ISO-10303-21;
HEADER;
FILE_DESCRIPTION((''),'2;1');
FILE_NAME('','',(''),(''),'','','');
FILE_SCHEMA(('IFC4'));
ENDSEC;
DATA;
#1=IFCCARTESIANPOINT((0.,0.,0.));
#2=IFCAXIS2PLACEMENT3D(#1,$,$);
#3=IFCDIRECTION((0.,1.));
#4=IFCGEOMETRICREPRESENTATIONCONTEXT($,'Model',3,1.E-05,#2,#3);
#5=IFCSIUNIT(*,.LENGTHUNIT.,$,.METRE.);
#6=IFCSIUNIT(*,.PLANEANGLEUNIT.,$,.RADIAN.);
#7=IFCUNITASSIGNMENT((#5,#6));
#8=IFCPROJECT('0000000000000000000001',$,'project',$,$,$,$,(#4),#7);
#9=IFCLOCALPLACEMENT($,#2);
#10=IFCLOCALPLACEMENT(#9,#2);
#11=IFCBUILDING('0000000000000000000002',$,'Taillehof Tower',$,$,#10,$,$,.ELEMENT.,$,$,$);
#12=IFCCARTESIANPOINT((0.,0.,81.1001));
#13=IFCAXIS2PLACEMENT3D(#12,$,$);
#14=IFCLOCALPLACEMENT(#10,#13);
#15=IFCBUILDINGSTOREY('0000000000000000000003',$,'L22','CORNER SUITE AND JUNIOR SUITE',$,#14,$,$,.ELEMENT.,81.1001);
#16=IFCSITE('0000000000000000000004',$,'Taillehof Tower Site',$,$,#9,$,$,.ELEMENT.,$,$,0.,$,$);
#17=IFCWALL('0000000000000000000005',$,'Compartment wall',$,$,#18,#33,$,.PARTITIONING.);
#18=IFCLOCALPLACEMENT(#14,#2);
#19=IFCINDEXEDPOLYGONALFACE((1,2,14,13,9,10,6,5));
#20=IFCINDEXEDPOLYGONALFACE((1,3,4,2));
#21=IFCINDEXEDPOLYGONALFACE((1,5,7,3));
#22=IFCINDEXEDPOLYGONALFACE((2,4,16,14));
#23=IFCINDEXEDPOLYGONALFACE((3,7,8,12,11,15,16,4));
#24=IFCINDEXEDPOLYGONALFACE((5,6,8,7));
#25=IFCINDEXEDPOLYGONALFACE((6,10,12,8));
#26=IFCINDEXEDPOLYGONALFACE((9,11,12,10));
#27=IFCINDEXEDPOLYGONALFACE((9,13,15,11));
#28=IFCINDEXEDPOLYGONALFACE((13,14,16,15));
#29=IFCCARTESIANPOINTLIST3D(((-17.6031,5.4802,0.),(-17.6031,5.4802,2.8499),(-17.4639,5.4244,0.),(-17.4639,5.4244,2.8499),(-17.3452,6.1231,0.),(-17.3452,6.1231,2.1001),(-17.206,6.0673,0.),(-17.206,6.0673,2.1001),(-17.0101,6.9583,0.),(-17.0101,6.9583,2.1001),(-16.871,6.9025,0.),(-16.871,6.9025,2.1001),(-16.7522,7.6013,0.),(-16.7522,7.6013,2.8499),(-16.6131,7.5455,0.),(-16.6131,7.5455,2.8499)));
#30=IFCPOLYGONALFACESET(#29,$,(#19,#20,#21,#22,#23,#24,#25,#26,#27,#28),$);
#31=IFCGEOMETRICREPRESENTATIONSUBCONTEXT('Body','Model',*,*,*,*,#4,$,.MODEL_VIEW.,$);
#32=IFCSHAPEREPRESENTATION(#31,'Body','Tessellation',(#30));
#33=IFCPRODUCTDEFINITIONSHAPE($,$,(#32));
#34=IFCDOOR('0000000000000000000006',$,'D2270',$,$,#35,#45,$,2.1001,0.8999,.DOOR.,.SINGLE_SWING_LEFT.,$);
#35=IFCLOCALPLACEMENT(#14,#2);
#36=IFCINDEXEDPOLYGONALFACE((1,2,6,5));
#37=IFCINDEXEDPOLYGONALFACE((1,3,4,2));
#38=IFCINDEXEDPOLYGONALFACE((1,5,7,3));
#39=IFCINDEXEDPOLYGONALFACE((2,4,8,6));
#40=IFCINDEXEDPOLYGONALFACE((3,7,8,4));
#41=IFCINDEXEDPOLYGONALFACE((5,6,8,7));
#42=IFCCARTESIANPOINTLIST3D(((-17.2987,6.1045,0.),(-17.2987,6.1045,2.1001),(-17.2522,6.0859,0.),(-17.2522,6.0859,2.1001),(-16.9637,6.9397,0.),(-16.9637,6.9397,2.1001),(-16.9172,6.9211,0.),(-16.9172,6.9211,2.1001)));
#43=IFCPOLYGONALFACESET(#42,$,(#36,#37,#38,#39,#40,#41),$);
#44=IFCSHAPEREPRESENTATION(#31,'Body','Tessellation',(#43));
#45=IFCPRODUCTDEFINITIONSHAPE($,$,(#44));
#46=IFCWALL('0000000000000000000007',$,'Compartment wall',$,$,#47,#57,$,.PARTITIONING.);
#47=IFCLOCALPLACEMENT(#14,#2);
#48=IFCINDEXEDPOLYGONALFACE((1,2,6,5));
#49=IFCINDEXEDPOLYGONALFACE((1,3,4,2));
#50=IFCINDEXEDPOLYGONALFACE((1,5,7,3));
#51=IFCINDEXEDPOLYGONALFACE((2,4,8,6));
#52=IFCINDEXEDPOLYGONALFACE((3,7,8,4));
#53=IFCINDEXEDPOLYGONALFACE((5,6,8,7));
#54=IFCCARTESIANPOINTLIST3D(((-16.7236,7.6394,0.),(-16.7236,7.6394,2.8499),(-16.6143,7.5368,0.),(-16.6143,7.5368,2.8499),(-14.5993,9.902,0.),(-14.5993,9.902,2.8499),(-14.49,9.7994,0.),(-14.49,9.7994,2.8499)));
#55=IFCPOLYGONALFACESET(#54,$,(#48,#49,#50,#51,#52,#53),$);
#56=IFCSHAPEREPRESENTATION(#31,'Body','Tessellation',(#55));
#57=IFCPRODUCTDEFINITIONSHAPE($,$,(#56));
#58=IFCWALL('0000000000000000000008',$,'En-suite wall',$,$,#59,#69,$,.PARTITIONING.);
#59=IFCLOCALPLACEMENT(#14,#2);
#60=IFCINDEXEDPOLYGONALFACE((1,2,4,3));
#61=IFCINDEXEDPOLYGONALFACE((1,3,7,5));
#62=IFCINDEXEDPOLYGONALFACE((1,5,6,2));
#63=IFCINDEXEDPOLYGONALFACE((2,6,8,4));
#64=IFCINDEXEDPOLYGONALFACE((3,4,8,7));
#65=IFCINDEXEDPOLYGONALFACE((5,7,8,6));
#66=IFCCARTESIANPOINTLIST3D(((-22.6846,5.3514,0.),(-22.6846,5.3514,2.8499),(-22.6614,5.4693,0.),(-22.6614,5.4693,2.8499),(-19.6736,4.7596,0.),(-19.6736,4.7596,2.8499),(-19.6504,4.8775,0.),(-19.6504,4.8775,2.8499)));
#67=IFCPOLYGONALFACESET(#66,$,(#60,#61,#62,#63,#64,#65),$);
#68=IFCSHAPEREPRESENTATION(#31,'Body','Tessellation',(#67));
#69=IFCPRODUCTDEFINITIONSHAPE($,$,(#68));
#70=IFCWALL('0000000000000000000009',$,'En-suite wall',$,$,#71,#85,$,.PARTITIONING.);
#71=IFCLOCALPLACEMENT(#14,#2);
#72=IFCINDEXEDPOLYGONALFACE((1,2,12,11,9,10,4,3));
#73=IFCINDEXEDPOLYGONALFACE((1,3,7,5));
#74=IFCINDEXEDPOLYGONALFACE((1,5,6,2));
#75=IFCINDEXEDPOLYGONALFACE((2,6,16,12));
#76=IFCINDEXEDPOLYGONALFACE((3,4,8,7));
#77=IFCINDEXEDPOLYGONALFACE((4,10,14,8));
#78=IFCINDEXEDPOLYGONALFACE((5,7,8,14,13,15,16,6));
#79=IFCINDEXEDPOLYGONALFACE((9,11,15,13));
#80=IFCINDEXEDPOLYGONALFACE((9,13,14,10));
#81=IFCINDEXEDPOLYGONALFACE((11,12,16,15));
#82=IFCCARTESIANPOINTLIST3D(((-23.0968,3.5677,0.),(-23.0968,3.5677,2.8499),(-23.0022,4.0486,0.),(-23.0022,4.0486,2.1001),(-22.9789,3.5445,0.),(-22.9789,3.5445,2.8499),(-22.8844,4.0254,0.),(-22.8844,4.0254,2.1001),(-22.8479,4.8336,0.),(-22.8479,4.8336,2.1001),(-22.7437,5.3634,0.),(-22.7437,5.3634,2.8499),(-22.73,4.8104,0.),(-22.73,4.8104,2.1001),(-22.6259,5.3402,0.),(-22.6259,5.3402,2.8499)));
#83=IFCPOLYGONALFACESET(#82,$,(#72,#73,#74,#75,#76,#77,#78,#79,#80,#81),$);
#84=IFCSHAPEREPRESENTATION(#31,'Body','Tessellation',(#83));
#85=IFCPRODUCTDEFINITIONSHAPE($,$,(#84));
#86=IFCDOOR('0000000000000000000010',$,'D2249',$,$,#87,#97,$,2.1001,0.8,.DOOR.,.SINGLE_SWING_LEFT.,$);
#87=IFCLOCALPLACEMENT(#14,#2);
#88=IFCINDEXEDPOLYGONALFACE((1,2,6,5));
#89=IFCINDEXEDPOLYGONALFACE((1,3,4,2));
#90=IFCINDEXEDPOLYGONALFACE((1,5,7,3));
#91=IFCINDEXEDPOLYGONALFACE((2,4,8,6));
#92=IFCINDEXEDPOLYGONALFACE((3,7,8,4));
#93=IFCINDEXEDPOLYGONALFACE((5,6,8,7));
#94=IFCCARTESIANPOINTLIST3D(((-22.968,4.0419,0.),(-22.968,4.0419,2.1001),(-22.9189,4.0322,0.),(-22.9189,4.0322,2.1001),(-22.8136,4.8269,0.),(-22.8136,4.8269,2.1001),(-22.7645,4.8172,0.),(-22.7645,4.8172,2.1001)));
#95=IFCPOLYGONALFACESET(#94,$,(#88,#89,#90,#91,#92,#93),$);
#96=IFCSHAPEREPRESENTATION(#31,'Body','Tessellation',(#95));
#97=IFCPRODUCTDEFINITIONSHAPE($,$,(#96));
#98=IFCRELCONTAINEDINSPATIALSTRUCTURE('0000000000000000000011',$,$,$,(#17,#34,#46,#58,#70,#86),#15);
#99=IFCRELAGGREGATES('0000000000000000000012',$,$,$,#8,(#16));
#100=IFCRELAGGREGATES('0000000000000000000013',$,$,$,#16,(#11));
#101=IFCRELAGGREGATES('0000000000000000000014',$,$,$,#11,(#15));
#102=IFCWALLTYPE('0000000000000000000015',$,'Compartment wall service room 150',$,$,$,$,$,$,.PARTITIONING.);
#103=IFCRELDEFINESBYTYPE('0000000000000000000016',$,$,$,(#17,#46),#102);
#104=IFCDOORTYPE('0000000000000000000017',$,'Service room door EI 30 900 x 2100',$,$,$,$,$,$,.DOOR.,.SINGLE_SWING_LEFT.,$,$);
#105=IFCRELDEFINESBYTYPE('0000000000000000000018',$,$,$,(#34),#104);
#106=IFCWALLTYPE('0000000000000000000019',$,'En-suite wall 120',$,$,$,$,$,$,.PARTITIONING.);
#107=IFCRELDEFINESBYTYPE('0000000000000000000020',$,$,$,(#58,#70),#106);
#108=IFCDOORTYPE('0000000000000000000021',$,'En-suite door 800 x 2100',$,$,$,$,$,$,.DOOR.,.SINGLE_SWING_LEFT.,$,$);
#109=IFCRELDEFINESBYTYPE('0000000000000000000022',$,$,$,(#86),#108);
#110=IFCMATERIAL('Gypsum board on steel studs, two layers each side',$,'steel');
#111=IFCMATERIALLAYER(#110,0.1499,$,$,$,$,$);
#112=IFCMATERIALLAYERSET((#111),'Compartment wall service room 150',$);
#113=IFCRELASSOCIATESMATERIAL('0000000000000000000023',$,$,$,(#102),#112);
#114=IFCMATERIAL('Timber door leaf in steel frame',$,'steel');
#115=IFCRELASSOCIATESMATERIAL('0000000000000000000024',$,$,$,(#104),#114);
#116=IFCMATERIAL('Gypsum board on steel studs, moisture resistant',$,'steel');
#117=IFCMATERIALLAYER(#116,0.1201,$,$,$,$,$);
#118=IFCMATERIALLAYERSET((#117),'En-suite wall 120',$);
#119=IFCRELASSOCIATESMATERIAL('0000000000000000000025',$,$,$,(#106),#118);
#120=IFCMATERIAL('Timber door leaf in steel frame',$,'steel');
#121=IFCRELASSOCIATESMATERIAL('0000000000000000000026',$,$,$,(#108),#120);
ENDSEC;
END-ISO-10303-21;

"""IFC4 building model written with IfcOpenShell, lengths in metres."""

from ifc_helpers import new_model, si_unit, direction, frame, frame_2d, origin, place, context, subcontext, project, spatial, rectangle, extrude, material, layer, layer_set, type_object, element, fill, save


model = new_model("IFC4")

# Units and contexts
model_context = context("Model", 3, precision=1e-05, world=origin(), true_north=direction((0.0, 1.0)))
body_context = subcontext(model_context, "Body", "Model", "MODEL_VIEW")
ifc_project = project(units=[si_unit("LENGTHUNIT", "METRE"), si_unit("PLANEANGLEUNIT", "RADIAN")], contexts=[model_context])

# Site, building, storey
site_placement = place(None, origin())
site = spatial("IfcSite", under=ifc_project, at=site_placement, Name="Taillehof Tower Site", CompositionType="ELEMENT", RefElevation=0.0)
building_placement = place(site_placement, origin())
building = spatial("IfcBuilding", under=site, at=building_placement, Name="Taillehof Tower", CompositionType="ELEMENT")
storey_placement = place(building_placement, frame((0.0, 0.0, 81.1001)))
storey = spatial("IfcBuildingStorey", under=building, at=storey_placement, Name="L22", Description="CORNER SUITE AND JUNIOR SUITE", CompositionType="ELEMENT", Elevation=81.1001)

# Shared definitions
ifc_material_1 = material(Name="Gypsum board on steel studs, two layers each side", Category="steel")
ifc_layer_1 = layer(ifc_material_1, 0.1499)
ifc_layer_set_1 = layer_set([ifc_layer_1], Name="Compartment wall service room 150")
wall_type_1 = type_object("IfcWallType", Name="Compartment wall service room 150", PredefinedType="PARTITIONING", material=ifc_layer_set_1)

# Wall, opening, door
wall_1_placement = place(storey_placement, frame((-17.5334, 5.4524, 0.0), z_axis=(0.0, 0.0, 1.0), x_axis=(0.372293, 0.928115, 0.0)))
wall_1 = element("IfcWall", 1, at=wall_1_placement, inside=storey, type_object=wall_type_1, Name="Compartment wall", PredefinedType="PARTITIONING", context=body_context, shape_type="SweptSolid", body=[
    extrude(rectangle(XDim=2.2854, YDim=0.1499, at=frame_2d((1.1426, 0.0))), origin(), (0.0, 0.0, 1.0), 2.8499),
])
opening_1_placement = place(wall_1_placement, frame((0.6926, 0.0, 0.0)))
opening_1 = element("IfcOpeningElement", 2, at=opening_1_placement, cuts=wall_1, PredefinedType="OPENING", context=body_context, shape_type="SweptSolid", body=[
    extrude(rectangle(XDim=0.8999, YDim=2.1001, at=frame_2d((0.45, 1.05))), frame((0.0, 0.085, 0.0), z_axis=(0.0, -1.0, 0.0), x_axis=(1.0, 0.0, 0.0)), (0.0, 0.0, 1.0), 0.1699),
])
ifc_material_2 = material(Name="Timber door leaf in steel frame", Category="steel")
door_type_1 = type_object("IfcDoorType", Name="Service room door EI 30 900 x 2100", OperationType="SINGLE_SWING_LEFT", PredefinedType="DOOR", material=ifc_material_2)
door_1_placement = place(opening_1_placement, origin())
door_1 = element("IfcDoor", 3, at=door_1_placement, inside=storey, type_object=door_type_1, Name="D2270", OperationType="SINGLE_SWING_LEFT", OverallHeight=2.1001, OverallWidth=0.8999, PredefinedType="DOOR", context=body_context, shape_type="SweptSolid", body=[
    extrude(rectangle(XDim=0.8999, YDim=2.1001, at=frame_2d((0.45, 1.05))), frame((0.0, 0.0249, 0.0), z_axis=(0.0, -1.0, 0.0), x_axis=(1.0, 0.0, 0.0)), (0.0, 0.0, 1.0), 0.05),
])
fill(opening_1, door_1)

# Walls
wall_2_placement = place(storey_placement, frame((-16.6689, 7.5881, 0.0), z_axis=(0.0, 0.0, 1.0), x_axis=(0.684493, 0.729019, 0.0)))
element("IfcWall", 4, at=wall_2_placement, inside=storey, type_object=wall_type_1, Name="Compartment wall", PredefinedType="PARTITIONING", context=body_context, shape_type="SweptSolid", body=[
    extrude(rectangle(XDim=3.1035, YDim=0.1499, at=frame_2d((1.5518, 0.0))), origin(), (0.0, 0.0, 1.0), 2.8499),
])
ifc_material_3 = material(Name="Gypsum board on steel studs, moisture resistant", Category="steel")
ifc_layer_2 = layer(ifc_material_3, 0.1201)
ifc_layer_set_2 = layer_set([ifc_layer_2], Name="En-suite wall 120")
wall_type_2 = type_object("IfcWallType", Name="En-suite wall 120", PredefinedType="PARTITIONING", material=ifc_layer_set_2)
wall_3_placement = place(storey_placement, frame((-19.6621, 4.8186, 0.0), z_axis=(0.0, 0.0, 1.0), x_axis=(-0.981227, 0.192856, 0.0)))
element("IfcWall", 5, at=wall_3_placement, inside=storey, type_object=wall_type_2, Name="En-suite wall", PredefinedType="PARTITIONING", context=body_context, shape_type="SweptSolid", body=[
    extrude(rectangle(XDim=3.0686, YDim=0.1201, at=frame_2d((1.5342, 0.0))), origin(), (0.0, 0.0, 1.0), 2.8499),
])

# Wall, opening, door
wall_4_placement = place(storey_placement, frame((-22.6848, 5.3518, 0.0), z_axis=(0.0, 0.0, 1.0), x_axis=(-0.192908, -0.981217, 0.0)))
wall_4 = element("IfcWall", 6, at=wall_4_placement, inside=storey, type_object=wall_type_2, Name="En-suite wall", PredefinedType="PARTITIONING", context=body_context, shape_type="SweptSolid", body=[
    extrude(rectangle(XDim=1.8301, YDim=0.1201, at=frame_2d((0.915, 0.0))), origin(), (0.0, 0.0, 1.0), 2.8499),
])
opening_2_placement = place(wall_4_placement, frame((0.54, 0.0, 0.0)))
opening_2 = element("IfcOpeningElement", 7, at=opening_2_placement, cuts=wall_4, PredefinedType="OPENING", context=body_context, shape_type="SweptSolid", body=[
    extrude(rectangle(XDim=0.8, YDim=2.1001, at=frame_2d((0.3999, 1.05))), frame((0.0, 0.0701, 0.0), z_axis=(0.0, -1.0, 0.0), x_axis=(1.0, 0.0, 0.0)), (0.0, 0.0, 1.0), 0.1401),
])
ifc_material_4 = material(Name="Timber door leaf in steel frame", Category="steel")
door_type_2 = type_object("IfcDoorType", Name="En-suite door 800 x 2100", OperationType="SINGLE_SWING_LEFT", PredefinedType="DOOR", material=ifc_material_4)
door_2_placement = place(opening_2_placement, origin())
door_2 = element("IfcDoor", 8, at=door_2_placement, inside=storey, type_object=door_type_2, Name="D2249", OperationType="SINGLE_SWING_LEFT", OverallHeight=2.1001, OverallWidth=0.8, PredefinedType="DOOR", context=body_context, shape_type="SweptSolid", body=[
    extrude(rectangle(XDim=0.8, YDim=2.1001, at=frame_2d((0.3999, 1.05))), frame((0.0, 0.0249, 0.0), z_axis=(0.0, -1.0, 0.0), x_axis=(1.0, 0.0, 0.0)), (0.0, 0.0, 1.0), 0.05),
])
fill(opening_2, door_2)

save(model, "model.ifc")
